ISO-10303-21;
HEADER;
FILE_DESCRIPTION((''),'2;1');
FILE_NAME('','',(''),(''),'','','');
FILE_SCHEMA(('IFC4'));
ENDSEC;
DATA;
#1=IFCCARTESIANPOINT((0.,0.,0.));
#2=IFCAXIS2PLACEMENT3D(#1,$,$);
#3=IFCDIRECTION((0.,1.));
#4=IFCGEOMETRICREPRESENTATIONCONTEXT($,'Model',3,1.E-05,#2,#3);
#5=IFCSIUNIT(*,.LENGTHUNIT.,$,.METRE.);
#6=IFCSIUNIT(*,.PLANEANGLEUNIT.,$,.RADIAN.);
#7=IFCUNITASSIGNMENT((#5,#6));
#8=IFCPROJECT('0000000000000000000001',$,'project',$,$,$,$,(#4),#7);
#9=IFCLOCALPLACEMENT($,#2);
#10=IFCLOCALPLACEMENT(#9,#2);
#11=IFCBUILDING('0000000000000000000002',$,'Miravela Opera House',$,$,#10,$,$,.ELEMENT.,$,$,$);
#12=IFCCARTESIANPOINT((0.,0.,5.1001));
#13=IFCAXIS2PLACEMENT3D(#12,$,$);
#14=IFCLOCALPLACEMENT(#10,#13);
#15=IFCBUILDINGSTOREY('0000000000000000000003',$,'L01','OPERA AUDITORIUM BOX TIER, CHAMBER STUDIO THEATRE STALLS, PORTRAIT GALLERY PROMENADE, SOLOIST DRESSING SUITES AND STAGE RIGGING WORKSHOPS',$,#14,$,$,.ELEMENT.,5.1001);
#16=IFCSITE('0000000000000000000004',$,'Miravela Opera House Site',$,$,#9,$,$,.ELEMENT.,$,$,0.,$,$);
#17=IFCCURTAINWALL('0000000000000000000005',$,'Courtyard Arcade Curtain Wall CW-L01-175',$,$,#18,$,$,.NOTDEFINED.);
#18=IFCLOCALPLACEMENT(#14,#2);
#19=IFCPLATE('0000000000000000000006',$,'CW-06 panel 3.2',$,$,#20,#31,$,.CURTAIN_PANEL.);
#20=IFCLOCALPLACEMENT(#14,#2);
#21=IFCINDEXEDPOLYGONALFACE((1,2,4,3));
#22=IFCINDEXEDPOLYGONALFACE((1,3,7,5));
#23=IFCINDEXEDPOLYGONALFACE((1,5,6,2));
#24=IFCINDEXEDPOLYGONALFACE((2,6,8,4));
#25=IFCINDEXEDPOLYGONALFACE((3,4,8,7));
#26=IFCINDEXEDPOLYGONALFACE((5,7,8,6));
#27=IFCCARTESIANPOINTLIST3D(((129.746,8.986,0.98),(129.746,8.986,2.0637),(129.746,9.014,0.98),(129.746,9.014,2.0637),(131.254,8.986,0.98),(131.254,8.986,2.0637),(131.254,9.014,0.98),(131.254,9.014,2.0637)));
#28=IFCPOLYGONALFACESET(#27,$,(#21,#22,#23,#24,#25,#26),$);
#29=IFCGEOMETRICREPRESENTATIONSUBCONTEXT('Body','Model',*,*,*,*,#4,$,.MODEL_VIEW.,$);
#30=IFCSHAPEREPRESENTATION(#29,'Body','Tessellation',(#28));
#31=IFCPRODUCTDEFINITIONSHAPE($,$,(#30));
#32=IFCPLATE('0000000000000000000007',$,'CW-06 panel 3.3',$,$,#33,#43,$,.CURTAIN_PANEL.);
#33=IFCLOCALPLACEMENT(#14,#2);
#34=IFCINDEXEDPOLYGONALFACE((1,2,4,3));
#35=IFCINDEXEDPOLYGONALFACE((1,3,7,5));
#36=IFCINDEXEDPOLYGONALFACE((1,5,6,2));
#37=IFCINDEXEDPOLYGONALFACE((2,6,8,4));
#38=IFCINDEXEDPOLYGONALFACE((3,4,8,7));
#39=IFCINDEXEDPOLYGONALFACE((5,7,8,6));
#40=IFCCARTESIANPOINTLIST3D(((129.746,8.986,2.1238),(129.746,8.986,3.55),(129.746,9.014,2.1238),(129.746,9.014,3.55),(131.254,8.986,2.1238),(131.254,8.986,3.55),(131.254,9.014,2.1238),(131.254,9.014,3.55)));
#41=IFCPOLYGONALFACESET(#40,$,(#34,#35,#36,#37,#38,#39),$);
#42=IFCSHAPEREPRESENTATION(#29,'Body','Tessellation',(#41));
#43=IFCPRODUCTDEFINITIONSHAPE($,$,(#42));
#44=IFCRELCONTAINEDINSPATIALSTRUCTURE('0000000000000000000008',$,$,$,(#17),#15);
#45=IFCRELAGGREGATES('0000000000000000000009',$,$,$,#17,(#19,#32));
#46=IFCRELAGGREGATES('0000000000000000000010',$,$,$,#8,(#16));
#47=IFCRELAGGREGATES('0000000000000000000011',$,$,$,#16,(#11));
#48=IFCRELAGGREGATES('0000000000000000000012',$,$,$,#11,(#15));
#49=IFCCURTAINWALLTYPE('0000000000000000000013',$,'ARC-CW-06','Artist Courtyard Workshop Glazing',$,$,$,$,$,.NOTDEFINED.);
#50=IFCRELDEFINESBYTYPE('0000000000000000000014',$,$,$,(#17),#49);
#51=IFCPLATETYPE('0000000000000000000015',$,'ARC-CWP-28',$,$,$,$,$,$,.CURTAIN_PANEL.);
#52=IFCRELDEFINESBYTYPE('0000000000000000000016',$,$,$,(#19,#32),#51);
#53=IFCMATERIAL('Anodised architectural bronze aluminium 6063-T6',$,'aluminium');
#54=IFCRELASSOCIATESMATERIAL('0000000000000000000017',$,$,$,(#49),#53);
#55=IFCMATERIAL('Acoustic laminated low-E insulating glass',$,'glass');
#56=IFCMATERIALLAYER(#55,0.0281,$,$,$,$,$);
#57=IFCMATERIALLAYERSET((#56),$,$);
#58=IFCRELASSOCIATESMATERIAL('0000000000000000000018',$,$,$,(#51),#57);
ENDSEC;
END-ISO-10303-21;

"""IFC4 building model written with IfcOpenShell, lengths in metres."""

from ifc_helpers import new_model, si_unit, direction, frame, origin, origin_2d, place, context, subcontext, project, spatial, rectangle, extrude, material, layer, layer_set, type_object, element, aggregate, save


model = new_model("IFC4")

# Units and contexts
model_context = context("Model", 3, precision=1e-05, world=origin(), true_north=direction((0.0, 1.0)))
body_context = subcontext(model_context, "Body", "Model", "MODEL_VIEW")
ifc_project = project(units=[si_unit("LENGTHUNIT", "METRE"), si_unit("PLANEANGLEUNIT", "RADIAN")], contexts=[model_context])

# Site, building, storey
site_placement = place(None, origin())
site = spatial("IfcSite", under=ifc_project, at=site_placement, Name="Miravela Opera House Site", CompositionType="ELEMENT", RefElevation=0.0)
building_placement = place(site_placement, origin())
building = spatial("IfcBuilding", under=site, at=building_placement, Name="Miravela Opera House", CompositionType="ELEMENT")
storey_placement = place(building_placement, frame((0.0, 0.0, 5.1001)))
storey = spatial("IfcBuildingStorey", under=building, at=storey_placement, Name="L01", Description="OPERA AUDITORIUM BOX TIER, CHAMBER STUDIO THEATRE STALLS, PORTRAIT GALLERY PROMENADE, SOLOIST DRESSING SUITES AND STAGE RIGGING WORKSHOPS", CompositionType="ELEMENT", Elevation=5.1001)

# Shared definitions
ifc_material_1 = material(Name="Anodised architectural bronze aluminium 6063-T6", Category="aluminium")
curtain_wall_type = type_object("IfcCurtainWallType", Name="ARC-CW-06", Description="Artist Courtyard Workshop Glazing", PredefinedType="NOTDEFINED", material=ifc_material_1)

# Curtain wall
curtain_wall_1_placement = place(storey_placement, origin())
curtain_wall_1 = element("IfcCurtainWall", 1, at=curtain_wall_1_placement, inside=storey, type_object=curtain_wall_type, Name="Courtyard Arcade Curtain Wall CW-L01-175", PredefinedType="NOTDEFINED")

# Plates
ifc_material_2 = material(Name="Acoustic laminated low-E insulating glass", Category="glass")
ifc_layer = layer(ifc_material_2, 0.0281)
ifc_layer_set = layer_set([ifc_layer])
plate_type = type_object("IfcPlateType", Name="ARC-CWP-28", PredefinedType="CURTAIN_PANEL", material=ifc_layer_set)
plate_1_placement = place(storey_placement, frame((130.5, 9.0, 0.98), z_axis=(0.0, 0.0, 1.0), x_axis=(1.0, 0.0, 0.0)))
plate_1 = element("IfcPlate", 2, at=plate_1_placement, type_object=plate_type, Name="CW-06 panel 3.2", PredefinedType="CURTAIN_PANEL", context=body_context, shape_type="SweptSolid", body=[
    extrude(rectangle(XDim=1.5081, YDim=0.0281, at=origin_2d()), origin(), (0.0, 0.0, 1.0), 1.0837),
])
plate_2_placement = place(storey_placement, frame((130.5, 9.0, 2.1238), z_axis=(0.0, 0.0, 1.0), x_axis=(1.0, 0.0, 0.0)))
plate_2 = element("IfcPlate", 3, at=plate_2_placement, type_object=plate_type, Name="CW-06 panel 3.3", PredefinedType="CURTAIN_PANEL", context=body_context, shape_type="SweptSolid", body=[
    extrude(rectangle(XDim=1.5081, YDim=0.0281, at=origin_2d()), origin(), (0.0, 0.0, 1.0), 1.4263),
])
aggregate(curtain_wall_1, [plate_1, plate_2])

save(model, "model.ifc")
